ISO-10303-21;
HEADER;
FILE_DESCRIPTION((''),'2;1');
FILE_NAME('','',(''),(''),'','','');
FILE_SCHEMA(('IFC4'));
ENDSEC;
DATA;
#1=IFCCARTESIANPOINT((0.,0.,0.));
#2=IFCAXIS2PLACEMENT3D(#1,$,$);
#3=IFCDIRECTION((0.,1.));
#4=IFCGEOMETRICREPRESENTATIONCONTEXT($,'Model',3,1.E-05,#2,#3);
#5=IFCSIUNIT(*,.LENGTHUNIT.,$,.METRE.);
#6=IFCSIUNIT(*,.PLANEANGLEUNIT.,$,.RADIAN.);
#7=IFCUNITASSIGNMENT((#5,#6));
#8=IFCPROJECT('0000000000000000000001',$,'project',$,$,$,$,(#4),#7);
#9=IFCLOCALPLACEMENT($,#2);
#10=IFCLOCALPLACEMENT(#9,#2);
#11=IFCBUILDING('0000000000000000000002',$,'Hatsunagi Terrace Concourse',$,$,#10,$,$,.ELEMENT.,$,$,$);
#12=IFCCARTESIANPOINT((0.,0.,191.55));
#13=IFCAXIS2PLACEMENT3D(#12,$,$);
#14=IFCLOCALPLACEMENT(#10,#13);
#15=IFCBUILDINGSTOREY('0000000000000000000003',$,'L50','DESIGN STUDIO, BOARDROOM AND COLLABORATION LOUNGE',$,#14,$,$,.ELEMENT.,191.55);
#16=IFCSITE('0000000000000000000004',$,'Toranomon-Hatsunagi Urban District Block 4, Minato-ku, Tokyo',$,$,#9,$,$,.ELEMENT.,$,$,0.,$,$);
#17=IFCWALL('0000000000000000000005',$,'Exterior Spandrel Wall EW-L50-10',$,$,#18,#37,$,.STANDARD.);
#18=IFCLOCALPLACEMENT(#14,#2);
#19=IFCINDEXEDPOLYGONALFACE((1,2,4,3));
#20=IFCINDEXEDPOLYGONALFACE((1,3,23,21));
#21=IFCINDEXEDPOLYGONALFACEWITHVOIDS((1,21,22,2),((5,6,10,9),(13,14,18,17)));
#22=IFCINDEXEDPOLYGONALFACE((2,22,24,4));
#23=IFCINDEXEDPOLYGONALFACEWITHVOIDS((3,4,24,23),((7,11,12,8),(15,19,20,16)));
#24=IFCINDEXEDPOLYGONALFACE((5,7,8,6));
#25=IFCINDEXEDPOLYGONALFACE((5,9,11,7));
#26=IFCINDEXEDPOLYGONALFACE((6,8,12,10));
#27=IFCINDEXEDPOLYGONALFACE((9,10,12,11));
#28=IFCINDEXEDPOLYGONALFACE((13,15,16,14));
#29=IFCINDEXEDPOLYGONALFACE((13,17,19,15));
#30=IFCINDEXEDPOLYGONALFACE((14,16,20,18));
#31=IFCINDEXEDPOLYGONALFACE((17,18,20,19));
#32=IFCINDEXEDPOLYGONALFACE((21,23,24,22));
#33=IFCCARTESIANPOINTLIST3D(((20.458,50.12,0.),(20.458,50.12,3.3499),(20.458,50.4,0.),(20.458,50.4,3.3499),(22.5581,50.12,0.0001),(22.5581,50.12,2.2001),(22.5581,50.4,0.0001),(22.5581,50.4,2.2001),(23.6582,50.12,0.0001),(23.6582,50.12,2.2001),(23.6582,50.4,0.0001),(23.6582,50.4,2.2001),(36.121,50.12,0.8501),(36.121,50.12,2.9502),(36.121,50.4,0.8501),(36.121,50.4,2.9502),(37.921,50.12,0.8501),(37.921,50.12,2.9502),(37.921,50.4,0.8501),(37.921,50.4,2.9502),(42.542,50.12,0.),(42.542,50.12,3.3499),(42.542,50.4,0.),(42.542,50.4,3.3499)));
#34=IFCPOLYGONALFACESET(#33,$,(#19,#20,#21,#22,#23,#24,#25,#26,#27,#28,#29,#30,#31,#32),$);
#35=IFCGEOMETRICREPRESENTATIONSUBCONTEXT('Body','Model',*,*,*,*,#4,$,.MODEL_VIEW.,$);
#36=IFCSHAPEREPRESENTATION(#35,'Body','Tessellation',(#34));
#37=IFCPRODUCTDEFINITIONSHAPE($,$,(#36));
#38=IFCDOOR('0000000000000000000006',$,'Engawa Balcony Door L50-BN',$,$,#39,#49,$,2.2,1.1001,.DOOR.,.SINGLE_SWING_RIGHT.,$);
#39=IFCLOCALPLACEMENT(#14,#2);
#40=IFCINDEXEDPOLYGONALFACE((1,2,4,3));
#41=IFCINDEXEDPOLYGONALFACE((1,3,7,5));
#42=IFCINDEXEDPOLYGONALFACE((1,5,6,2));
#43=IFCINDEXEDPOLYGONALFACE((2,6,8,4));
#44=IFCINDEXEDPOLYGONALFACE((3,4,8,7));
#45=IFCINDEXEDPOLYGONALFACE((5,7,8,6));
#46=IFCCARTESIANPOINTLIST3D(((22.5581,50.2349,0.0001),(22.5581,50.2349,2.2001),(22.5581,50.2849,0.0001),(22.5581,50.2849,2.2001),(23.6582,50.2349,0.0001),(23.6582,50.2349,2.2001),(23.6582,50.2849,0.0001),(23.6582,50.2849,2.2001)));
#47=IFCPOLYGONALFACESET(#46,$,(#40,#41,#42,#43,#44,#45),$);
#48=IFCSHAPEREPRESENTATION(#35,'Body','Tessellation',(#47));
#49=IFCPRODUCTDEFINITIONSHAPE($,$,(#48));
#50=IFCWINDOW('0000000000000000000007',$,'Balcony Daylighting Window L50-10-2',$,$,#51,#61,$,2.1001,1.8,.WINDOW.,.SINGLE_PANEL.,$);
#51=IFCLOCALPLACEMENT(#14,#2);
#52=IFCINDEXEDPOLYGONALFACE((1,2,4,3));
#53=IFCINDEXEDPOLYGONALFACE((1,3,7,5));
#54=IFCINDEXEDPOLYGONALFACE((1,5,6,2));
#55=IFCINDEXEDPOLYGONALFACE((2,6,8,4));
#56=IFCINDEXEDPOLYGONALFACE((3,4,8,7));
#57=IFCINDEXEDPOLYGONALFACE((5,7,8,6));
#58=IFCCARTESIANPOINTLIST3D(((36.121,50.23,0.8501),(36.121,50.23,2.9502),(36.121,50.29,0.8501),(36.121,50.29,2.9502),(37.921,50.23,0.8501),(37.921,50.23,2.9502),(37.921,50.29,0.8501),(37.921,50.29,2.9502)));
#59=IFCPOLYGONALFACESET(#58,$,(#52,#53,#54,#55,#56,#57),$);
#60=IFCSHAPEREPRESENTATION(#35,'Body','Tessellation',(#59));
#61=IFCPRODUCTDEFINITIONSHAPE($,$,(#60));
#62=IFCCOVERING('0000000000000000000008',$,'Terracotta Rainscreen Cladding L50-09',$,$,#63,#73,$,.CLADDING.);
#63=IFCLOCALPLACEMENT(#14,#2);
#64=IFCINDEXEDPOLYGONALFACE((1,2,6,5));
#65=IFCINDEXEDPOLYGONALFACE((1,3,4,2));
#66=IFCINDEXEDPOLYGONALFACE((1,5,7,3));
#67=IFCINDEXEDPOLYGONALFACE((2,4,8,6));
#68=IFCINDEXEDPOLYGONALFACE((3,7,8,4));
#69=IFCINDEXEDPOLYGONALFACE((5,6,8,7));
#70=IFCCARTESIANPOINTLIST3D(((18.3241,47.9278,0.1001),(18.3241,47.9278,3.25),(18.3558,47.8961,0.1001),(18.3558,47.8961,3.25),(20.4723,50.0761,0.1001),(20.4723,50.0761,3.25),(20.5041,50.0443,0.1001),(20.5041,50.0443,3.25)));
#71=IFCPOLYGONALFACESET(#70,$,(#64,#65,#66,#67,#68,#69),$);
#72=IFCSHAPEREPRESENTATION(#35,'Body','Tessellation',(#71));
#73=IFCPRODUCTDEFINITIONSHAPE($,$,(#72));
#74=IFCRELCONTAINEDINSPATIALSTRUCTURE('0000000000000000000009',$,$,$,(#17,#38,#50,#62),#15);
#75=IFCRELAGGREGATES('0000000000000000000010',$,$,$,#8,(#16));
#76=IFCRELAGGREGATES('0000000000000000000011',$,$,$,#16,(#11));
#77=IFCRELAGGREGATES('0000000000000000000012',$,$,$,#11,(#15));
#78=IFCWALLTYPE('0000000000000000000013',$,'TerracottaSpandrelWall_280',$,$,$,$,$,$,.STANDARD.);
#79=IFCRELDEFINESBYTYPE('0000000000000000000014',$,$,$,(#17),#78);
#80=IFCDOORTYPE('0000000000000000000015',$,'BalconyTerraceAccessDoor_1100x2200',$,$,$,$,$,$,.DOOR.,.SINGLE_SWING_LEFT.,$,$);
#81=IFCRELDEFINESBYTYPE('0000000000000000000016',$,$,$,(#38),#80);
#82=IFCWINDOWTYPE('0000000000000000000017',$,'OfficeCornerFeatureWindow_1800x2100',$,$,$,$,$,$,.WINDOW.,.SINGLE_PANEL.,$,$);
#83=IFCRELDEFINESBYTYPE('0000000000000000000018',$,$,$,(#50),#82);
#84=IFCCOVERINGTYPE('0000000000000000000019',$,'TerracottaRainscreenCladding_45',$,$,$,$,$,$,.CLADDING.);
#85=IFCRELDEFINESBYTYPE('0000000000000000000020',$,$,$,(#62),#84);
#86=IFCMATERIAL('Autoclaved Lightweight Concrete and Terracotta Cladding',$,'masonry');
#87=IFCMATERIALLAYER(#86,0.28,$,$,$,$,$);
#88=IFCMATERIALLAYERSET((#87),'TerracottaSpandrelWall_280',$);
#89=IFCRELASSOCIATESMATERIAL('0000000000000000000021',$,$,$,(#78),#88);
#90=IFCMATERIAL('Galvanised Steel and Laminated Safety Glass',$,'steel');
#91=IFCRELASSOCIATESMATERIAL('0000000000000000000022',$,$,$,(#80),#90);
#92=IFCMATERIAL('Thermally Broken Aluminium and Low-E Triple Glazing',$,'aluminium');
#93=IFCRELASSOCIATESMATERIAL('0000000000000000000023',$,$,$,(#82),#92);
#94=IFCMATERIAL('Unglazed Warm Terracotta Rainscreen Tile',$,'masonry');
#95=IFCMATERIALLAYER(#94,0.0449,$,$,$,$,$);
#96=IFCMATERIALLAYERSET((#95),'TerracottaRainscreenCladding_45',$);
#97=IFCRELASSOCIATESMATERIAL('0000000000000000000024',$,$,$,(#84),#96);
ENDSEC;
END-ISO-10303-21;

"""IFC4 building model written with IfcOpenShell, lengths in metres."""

from ifc_helpers import new_model, si_unit, direction, frame, frame_2d, origin, origin_2d, place, context, subcontext, project, spatial, rectangle, extrude, material, layer, layer_set, type_object, element, fill, save


model = new_model("IFC4")

# Units and contexts
model_context = context("Model", 3, precision=1e-05, world=origin(), true_north=direction((0.0, 1.0)))
body_context = subcontext(model_context, "Body", "Model", "MODEL_VIEW")
ifc_project = project(units=[si_unit("LENGTHUNIT", "METRE"), si_unit("PLANEANGLEUNIT", "RADIAN")], contexts=[model_context])

# Site, building, storey
site_placement = place(None, origin())
site = spatial("IfcSite", under=ifc_project, at=site_placement, Name="Toranomon-Hatsunagi Urban District Block 4, Minato-ku, Tokyo", CompositionType="ELEMENT", RefElevation=0.0)
building_placement = place(site_placement, origin())
building = spatial("IfcBuilding", under=site, at=building_placement, Name="Hatsunagi Terrace Concourse", CompositionType="ELEMENT")
storey_placement = place(building_placement, frame((0.0, 0.0, 191.55)))
storey = spatial("IfcBuildingStorey", under=building, at=storey_placement, Name="L50", Description="DESIGN STUDIO, BOARDROOM AND COLLABORATION LOUNGE", CompositionType="ELEMENT", Elevation=191.55)

# Shared definitions
ifc_material_1 = material(Name="Autoclaved Lightweight Concrete and Terracotta Cladding", Category="masonry")
ifc_layer_1 = layer(ifc_material_1, 0.28)
ifc_layer_set_1 = layer_set([ifc_layer_1], Name="TerracottaSpandrelWall_280")
wall_type_1 = type_object("IfcWallType", Name="TerracottaSpandrelWall_280", PredefinedType="STANDARD", material=ifc_layer_set_1)

# Wall, openings, door, window
wall_1_placement = place(storey_placement, frame((20.458, 50.26, 0.0), z_axis=(0.0, 0.0, 1.0), x_axis=(1.0, 0.0, 0.0)))
wall_1 = element("IfcWall", 1, at=wall_1_placement, inside=storey, type_object=wall_type_1, Name="Exterior Spandrel Wall EW-L50-10", PredefinedType="STANDARD", context=body_context, shape_type="SweptSolid", body=[
    extrude(rectangle(XDim=22.084, YDim=0.28, at=frame_2d((11.042, 0.0))), origin(), (0.0, 0.0, 1.0), 3.3499),
])
opening_1_placement = place(wall_1_placement, frame((2.1001, 0.0, 0.0)))
opening_1 = element("IfcOpeningElement", 2, at=opening_1_placement, cuts=wall_1, PredefinedType="OPENING", context=body_context, shape_type="SweptSolid", body=[
    extrude(rectangle(XDim=1.1001, YDim=2.2, at=frame_2d((0.55, 1.1001))), frame((0.0, 0.1499, 0.0), z_axis=(0.0, -1.0, 0.0), x_axis=(1.0, 0.0, 0.0)), (0.0, 0.0, 1.0), 0.3),
])
opening_2_placement = place(wall_1_placement, frame((15.6631, 0.0, 0.8501)))
opening_2 = element("IfcOpeningElement", 3, at=opening_2_placement, cuts=wall_1, PredefinedType="OPENING", context=body_context, shape_type="SweptSolid", body=[
    extrude(rectangle(XDim=1.8, YDim=2.1001, at=frame_2d((0.8999, 1.05))), frame((0.0, 0.1499, 0.0), z_axis=(0.0, -1.0, 0.0), x_axis=(1.0, 0.0, 0.0)), (0.0, 0.0, 1.0), 0.3),
])
ifc_material_2 = material(Name="Galvanised Steel and Laminated Safety Glass", Category="steel")
door_type_1 = type_object("IfcDoorType", Name="BalconyTerraceAccessDoor_1100x2200", OperationType="SINGLE_SWING_LEFT", PredefinedType="DOOR", material=ifc_material_2)
door_1_placement = place(opening_1_placement, origin())
door_1 = element("IfcDoor", 4, at=door_1_placement, inside=storey, type_object=door_type_1, Name="Engawa Balcony Door L50-BN", OperationType="SINGLE_SWING_RIGHT", OverallHeight=2.2, OverallWidth=1.1001, PredefinedType="DOOR", context=body_context, shape_type="SweptSolid", body=[
    extrude(rectangle(XDim=1.1001, YDim=2.2, at=frame_2d((0.55, 1.1001))), frame((0.0, 0.0249, 0.0), z_axis=(0.0, -1.0, 0.0), x_axis=(1.0, 0.0, 0.0)), (0.0, 0.0, 1.0), 0.05),
])
fill(opening_1, door_1)
ifc_material_3 = material(Name="Thermally Broken Aluminium and Low-E Triple Glazing", Category="aluminium")
window_type = type_object("IfcWindowType", Name="OfficeCornerFeatureWindow_1800x2100", PartitioningType="SINGLE_PANEL", PredefinedType="WINDOW", material=ifc_material_3)
window_placement = place(opening_2_placement, origin())
window = element("IfcWindow", 5, at=window_placement, inside=storey, type_object=window_type, Name="Balcony Daylighting Window L50-10-2", OverallHeight=2.1001, OverallWidth=1.8, PartitioningType="SINGLE_PANEL", PredefinedType="WINDOW", context=body_context, shape_type="SweptSolid", body=[
    extrude(rectangle(XDim=1.8, YDim=2.1001, at=frame_2d((0.8999, 1.05))), frame((0.0, 0.03, 0.0), z_axis=(0.0, -1.0, 0.0), x_axis=(1.0, 0.0, 0.0)), (0.0, 0.0, 1.0), 0.0601),
])
fill(opening_2, window)

# Covering
ifc_material_4 = material(Name="Unglazed Warm Terracotta Rainscreen Tile", Category="masonry")
ifc_layer_2 = layer(ifc_material_4, 0.0449)
ifc_layer_set_2 = layer_set([ifc_layer_2], Name="TerracottaRainscreenCladding_45")
covering_type = type_object("IfcCoveringType", Name="TerracottaRainscreenCladding_45", PredefinedType="CLADDING", material=ifc_layer_set_2)
covering_placement = place(storey_placement, frame((19.4141, 48.9861, 0.1001), z_axis=(0.0, 0.0, 1.0), x_axis=(0.707107, 0.707107, 0.0)))
element("IfcCovering", 6, at=covering_placement, inside=storey, type_object=covering_type, Name="Terracotta Rainscreen Cladding L50-09", PredefinedType="CLADDING", context=body_context, shape_type="SweptSolid", body=[
    extrude(rectangle(XDim=3.0381, YDim=0.0449, at=origin_2d()), origin(), (0.0, 0.0, 1.0), 3.1499),
])

save(model, "model.ifc")
